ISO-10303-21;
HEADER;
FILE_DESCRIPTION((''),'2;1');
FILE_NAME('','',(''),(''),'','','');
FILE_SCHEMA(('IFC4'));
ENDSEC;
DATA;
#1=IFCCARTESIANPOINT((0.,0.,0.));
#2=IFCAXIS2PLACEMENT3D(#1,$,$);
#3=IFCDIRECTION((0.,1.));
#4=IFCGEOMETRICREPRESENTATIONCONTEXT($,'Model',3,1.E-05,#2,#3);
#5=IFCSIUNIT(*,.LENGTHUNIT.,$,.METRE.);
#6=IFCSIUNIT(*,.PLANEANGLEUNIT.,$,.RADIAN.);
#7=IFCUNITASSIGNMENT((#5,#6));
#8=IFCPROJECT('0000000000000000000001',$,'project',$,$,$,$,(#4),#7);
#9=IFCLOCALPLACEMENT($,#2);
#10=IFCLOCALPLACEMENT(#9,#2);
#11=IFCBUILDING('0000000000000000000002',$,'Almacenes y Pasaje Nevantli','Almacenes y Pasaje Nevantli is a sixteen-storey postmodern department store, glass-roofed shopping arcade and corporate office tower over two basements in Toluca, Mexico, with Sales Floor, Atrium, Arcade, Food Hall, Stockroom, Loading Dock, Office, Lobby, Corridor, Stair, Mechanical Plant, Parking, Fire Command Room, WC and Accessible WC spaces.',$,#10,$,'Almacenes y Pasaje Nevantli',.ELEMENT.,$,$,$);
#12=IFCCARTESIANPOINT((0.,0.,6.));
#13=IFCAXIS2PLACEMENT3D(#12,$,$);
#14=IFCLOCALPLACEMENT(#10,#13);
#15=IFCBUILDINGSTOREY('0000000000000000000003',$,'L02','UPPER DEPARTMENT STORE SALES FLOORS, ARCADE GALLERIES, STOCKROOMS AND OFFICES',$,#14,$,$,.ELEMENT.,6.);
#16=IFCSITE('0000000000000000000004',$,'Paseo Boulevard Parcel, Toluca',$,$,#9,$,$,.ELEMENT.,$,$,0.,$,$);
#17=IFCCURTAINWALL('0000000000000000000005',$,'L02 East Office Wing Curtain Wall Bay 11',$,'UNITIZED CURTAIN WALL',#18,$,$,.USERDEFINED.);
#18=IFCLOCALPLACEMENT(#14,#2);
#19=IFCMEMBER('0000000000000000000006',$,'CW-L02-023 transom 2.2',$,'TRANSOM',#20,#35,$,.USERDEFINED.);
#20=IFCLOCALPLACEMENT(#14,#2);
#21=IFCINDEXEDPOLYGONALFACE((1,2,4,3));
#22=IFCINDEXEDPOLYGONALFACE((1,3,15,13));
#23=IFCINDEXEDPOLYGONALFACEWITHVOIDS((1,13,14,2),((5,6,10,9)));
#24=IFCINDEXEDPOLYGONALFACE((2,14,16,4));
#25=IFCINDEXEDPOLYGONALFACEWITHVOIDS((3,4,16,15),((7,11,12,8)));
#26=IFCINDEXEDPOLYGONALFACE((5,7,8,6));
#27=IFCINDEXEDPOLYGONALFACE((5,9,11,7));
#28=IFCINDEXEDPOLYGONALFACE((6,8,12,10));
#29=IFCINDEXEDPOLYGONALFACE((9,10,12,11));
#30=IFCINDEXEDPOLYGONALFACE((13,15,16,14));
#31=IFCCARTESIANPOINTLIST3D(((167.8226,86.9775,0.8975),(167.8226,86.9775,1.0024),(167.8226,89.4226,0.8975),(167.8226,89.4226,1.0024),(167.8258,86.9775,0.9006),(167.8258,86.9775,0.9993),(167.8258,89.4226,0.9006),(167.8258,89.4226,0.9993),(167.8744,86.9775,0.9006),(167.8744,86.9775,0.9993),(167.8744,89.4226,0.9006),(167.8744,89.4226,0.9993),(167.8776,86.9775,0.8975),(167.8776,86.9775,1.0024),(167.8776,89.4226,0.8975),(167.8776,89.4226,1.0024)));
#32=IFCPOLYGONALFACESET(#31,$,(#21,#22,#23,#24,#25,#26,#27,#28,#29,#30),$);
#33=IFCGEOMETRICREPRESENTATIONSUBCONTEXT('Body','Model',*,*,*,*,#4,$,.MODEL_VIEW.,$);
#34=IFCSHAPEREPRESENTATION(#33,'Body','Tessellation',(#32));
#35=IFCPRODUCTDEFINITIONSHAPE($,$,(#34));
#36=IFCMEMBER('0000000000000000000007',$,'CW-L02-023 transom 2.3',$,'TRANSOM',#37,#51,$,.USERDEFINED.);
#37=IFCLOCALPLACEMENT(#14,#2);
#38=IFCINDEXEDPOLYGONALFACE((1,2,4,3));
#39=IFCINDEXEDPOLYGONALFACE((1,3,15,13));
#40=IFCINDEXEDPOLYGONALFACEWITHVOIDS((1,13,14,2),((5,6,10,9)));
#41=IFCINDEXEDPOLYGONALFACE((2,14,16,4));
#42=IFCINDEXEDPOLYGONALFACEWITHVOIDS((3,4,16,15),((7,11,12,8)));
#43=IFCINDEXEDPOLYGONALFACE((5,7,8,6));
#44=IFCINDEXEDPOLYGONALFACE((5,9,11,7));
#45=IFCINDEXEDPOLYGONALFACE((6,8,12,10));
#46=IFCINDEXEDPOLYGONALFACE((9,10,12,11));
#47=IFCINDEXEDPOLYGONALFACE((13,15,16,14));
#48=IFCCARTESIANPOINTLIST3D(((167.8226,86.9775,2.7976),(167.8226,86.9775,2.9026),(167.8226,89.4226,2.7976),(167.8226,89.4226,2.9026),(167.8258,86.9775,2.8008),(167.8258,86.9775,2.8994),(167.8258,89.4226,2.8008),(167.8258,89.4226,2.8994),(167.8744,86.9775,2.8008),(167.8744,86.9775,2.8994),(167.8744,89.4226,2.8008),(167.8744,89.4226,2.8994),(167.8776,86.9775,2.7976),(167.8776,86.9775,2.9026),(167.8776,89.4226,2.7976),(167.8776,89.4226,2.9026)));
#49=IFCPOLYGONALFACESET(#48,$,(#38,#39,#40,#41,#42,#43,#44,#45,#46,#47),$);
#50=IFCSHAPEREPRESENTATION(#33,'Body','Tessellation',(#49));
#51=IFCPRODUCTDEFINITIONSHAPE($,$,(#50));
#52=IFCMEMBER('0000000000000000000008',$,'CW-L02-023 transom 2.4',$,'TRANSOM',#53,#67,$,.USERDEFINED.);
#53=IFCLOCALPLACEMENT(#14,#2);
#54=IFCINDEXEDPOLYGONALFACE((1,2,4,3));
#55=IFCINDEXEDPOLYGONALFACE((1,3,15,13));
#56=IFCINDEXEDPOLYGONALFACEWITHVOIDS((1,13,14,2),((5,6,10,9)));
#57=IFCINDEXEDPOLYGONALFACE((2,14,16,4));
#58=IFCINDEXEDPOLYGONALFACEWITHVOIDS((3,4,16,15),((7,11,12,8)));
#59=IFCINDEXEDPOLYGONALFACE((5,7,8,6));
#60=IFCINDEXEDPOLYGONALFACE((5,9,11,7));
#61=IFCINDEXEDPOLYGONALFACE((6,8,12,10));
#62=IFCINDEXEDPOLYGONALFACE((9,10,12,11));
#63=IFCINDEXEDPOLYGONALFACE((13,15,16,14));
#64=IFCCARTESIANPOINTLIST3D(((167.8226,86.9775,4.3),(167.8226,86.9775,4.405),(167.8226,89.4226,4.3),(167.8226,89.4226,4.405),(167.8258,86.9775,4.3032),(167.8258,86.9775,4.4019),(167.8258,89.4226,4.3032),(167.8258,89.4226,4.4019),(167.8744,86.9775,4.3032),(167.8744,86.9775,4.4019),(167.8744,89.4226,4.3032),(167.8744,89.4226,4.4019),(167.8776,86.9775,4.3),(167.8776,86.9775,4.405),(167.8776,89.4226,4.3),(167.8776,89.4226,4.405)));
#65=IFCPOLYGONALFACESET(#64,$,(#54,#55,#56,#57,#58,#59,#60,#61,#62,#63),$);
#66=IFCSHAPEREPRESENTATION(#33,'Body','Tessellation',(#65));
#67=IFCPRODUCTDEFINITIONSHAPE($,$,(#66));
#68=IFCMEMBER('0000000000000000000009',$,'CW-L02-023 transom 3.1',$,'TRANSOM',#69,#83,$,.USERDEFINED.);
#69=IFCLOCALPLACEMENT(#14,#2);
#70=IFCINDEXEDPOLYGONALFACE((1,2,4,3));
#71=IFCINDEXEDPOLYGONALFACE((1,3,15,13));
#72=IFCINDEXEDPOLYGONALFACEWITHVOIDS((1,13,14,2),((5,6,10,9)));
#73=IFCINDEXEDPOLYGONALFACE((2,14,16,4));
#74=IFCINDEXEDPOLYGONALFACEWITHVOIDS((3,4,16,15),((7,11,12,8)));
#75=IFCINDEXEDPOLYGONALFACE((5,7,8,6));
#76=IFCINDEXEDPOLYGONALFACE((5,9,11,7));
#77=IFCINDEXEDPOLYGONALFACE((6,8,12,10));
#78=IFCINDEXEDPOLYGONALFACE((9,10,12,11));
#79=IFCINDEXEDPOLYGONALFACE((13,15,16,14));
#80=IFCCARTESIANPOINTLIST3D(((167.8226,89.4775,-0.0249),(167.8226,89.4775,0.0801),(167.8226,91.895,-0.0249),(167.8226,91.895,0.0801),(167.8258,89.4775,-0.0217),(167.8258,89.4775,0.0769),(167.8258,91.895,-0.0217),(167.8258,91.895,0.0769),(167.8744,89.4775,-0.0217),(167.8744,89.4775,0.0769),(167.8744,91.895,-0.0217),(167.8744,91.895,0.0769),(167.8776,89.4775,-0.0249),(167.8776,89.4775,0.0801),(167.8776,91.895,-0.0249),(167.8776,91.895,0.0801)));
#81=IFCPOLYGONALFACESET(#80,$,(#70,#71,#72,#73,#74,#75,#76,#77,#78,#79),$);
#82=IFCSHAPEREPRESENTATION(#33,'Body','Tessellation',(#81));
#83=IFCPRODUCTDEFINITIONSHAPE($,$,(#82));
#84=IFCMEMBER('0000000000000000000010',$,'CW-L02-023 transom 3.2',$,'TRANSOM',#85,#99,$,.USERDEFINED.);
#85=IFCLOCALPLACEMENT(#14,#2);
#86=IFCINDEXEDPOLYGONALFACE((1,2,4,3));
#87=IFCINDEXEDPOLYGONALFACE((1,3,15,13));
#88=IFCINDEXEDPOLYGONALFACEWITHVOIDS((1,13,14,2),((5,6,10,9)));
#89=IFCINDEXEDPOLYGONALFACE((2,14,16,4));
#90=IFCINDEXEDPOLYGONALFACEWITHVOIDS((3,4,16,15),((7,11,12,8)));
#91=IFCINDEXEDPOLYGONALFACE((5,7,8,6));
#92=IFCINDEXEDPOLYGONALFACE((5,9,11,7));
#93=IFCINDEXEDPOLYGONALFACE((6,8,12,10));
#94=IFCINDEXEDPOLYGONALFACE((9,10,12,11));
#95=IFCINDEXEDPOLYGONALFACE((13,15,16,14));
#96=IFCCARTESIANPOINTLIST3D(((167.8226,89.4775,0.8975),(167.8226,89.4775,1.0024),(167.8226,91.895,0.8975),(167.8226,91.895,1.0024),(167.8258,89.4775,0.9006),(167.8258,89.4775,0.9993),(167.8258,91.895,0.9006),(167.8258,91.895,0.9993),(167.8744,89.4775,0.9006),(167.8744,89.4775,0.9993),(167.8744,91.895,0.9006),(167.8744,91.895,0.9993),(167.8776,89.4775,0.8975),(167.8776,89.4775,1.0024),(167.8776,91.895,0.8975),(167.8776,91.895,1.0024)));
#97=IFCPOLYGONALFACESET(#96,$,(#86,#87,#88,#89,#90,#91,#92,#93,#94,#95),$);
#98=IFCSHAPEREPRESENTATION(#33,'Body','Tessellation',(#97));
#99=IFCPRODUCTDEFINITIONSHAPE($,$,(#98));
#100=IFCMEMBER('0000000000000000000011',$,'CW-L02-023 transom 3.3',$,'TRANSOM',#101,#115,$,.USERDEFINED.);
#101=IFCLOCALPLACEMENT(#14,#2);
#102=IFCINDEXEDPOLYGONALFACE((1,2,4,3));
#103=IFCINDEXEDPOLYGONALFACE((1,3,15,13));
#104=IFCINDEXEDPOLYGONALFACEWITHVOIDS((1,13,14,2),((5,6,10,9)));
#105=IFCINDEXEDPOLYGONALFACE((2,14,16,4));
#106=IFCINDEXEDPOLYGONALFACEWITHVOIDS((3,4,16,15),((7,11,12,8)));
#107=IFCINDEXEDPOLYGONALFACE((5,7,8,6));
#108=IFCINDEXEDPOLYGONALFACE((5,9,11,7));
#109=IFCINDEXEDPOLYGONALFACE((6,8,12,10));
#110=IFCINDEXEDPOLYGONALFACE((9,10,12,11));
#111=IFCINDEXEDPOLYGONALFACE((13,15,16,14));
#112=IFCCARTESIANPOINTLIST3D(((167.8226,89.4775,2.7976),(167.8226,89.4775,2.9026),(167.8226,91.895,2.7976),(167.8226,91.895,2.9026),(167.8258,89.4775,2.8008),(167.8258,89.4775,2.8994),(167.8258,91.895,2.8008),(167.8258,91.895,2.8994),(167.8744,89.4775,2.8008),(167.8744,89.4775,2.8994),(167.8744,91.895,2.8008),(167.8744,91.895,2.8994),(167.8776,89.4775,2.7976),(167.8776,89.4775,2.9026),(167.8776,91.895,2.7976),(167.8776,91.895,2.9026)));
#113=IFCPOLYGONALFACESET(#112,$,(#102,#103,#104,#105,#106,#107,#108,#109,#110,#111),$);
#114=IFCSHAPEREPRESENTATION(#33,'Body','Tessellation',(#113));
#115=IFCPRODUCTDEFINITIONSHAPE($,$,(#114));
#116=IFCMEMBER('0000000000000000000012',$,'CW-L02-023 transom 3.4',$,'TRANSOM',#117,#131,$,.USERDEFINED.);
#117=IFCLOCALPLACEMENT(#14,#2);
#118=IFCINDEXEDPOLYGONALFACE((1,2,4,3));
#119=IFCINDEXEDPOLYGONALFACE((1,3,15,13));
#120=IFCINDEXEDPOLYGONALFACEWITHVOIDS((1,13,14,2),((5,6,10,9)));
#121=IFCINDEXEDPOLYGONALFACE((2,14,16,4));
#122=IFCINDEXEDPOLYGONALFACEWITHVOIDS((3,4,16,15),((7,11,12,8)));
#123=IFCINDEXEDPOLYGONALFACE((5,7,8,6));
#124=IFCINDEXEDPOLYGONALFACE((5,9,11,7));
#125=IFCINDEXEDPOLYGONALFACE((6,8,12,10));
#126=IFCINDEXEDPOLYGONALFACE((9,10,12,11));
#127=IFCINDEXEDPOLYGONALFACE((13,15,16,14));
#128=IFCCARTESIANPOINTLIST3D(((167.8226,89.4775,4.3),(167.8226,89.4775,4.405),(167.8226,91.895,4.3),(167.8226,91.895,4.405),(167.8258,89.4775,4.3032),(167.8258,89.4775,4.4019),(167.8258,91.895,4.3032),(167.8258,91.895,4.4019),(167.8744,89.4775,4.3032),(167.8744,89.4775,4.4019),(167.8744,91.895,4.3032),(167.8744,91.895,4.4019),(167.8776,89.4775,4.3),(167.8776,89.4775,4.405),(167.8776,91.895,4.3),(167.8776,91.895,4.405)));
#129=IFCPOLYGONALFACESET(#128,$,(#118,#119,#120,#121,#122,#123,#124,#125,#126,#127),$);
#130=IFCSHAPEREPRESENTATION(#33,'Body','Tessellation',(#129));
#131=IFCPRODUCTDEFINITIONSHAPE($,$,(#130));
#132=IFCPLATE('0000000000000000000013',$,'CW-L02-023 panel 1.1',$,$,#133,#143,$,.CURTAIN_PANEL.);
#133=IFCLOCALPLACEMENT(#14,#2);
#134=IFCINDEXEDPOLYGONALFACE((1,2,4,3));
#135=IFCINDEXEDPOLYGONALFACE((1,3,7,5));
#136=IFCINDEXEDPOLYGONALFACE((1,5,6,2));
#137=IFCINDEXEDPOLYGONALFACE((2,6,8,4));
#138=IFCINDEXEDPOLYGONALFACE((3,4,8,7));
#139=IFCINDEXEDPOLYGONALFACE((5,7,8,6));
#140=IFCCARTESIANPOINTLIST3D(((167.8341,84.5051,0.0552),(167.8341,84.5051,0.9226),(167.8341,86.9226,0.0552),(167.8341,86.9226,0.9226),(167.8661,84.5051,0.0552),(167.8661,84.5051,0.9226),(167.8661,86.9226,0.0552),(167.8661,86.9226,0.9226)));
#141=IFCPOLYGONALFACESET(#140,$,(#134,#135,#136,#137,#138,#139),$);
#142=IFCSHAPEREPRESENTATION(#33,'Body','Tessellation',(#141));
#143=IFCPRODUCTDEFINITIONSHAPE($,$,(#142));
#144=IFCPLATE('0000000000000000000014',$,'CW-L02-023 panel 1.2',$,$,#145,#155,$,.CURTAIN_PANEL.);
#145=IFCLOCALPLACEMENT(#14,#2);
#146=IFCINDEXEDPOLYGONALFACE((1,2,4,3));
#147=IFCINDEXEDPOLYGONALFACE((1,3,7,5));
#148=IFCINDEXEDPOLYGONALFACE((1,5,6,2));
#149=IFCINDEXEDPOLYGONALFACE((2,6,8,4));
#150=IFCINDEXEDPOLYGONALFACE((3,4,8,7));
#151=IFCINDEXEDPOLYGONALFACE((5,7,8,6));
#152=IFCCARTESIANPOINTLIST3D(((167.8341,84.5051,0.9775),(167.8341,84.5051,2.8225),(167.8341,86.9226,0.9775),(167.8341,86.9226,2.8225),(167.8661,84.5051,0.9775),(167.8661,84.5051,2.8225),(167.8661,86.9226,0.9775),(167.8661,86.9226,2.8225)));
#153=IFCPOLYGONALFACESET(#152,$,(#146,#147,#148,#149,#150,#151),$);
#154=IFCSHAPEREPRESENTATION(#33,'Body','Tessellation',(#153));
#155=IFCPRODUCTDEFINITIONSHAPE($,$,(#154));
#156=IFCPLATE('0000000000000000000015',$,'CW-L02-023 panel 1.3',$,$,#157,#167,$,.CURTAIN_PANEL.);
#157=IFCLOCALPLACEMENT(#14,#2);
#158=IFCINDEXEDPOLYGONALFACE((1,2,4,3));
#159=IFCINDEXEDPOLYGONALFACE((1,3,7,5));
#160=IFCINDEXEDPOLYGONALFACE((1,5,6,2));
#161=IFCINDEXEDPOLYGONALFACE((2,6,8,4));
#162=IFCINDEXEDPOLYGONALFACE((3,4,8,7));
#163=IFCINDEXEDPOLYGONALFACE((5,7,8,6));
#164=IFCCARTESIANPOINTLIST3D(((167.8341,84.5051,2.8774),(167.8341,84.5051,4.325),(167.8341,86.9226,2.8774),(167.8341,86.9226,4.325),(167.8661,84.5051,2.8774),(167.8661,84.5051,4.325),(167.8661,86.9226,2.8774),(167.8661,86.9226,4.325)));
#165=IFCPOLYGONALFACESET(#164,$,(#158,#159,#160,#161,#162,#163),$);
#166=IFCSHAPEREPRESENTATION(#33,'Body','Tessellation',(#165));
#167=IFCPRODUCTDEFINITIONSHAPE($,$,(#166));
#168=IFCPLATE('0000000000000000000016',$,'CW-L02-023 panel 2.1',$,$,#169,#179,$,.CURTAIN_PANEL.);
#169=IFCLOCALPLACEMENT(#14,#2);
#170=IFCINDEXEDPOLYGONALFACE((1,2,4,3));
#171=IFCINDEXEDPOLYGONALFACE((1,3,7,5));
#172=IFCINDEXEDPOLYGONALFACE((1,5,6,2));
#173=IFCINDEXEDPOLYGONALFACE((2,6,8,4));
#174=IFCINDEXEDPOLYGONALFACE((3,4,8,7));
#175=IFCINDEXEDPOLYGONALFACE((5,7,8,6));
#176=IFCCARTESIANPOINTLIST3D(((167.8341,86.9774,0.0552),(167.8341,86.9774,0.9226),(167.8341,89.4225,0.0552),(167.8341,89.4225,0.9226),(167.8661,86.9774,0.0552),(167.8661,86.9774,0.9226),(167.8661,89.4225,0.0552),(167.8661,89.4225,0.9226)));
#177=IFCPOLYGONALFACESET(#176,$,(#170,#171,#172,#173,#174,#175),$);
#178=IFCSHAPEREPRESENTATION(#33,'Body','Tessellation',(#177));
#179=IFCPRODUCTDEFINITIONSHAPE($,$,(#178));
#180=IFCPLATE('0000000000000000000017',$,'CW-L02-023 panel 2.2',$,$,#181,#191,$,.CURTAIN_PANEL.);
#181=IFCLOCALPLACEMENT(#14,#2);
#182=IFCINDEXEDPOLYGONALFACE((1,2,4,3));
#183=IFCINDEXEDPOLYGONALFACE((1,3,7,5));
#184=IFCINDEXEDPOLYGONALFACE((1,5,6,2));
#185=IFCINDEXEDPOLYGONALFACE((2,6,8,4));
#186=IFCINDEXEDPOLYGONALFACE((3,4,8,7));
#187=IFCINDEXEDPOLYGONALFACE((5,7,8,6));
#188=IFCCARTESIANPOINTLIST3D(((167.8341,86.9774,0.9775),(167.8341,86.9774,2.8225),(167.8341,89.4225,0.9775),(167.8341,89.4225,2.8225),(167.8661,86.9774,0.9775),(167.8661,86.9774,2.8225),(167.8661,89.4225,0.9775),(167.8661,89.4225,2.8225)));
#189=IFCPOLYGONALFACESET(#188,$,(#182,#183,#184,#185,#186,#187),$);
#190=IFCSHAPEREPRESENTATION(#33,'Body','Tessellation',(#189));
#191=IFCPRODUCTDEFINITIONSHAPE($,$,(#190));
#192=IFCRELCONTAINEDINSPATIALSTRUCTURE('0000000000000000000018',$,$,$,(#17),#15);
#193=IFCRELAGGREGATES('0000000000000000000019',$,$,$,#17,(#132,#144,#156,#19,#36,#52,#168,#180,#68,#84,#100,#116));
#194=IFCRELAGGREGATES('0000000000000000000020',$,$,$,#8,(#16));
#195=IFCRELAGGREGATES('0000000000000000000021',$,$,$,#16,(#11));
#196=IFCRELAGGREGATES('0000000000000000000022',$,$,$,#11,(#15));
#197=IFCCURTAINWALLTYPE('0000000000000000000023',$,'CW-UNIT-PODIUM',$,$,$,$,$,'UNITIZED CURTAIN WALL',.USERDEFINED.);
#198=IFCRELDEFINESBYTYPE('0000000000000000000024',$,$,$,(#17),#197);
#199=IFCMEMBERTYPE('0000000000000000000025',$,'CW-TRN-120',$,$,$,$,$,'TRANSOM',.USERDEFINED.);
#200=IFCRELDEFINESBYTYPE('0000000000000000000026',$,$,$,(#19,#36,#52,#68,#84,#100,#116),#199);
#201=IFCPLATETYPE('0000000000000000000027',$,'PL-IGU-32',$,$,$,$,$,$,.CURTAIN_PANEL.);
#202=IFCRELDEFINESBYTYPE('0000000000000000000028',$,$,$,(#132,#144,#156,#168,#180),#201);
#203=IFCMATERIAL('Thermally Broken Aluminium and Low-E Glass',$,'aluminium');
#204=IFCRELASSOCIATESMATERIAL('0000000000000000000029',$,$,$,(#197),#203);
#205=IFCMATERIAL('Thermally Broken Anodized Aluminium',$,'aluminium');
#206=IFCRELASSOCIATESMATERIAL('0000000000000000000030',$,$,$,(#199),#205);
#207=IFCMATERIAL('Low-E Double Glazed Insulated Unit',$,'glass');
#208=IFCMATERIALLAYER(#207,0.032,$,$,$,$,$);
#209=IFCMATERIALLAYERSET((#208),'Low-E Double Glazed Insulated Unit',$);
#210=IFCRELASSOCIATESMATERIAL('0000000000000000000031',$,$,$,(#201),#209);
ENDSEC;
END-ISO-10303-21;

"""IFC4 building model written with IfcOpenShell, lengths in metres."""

from ifc_helpers import new_model, si_unit, direction, frame, origin, origin_2d, place, context, subcontext, project, spatial, rectangle, hollow_rectangle, extrude, material, layer, layer_set, material_profile, profile_set, type_object, element, aggregate, save


model = new_model("IFC4")

# Units and contexts
model_context = context("Model", 3, precision=1e-05, world=origin(), true_north=direction((0.0, 1.0)))
body_context = subcontext(model_context, "Body", "Model", "MODEL_VIEW")
ifc_project = project(units=[si_unit("LENGTHUNIT", "METRE"), si_unit("PLANEANGLEUNIT", "RADIAN")], contexts=[model_context])

# Site, building, storey
site_placement = place(None, origin())
site = spatial("IfcSite", under=ifc_project, at=site_placement, Name="Paseo Boulevard Parcel, Toluca", CompositionType="ELEMENT", RefElevation=0.0)
building_placement = place(site_placement, origin())
building = spatial("IfcBuilding", under=site, at=building_placement, Name="Almacenes y Pasaje Nevantli", Description="Almacenes y Pasaje Nevantli is a sixteen-storey postmodern department store, glass-roofed shopping arcade and corporate office tower over two basements in Toluca, Mexico, with Sales Floor, Atrium, Arcade, Food Hall, Stockroom, Loading Dock, Office, Lobby, Corridor, Stair, Mechanical Plant, Parking, Fire Command Room, WC and Accessible WC spaces.", LongName="Almacenes y Pasaje Nevantli", CompositionType="ELEMENT")
storey_placement = place(building_placement, frame((0.0, 0.0, 6.0)))
storey = spatial("IfcBuildingStorey", under=building, at=storey_placement, Name="L02", Description="UPPER DEPARTMENT STORE SALES FLOORS, ARCADE GALLERIES, STOCKROOMS AND OFFICES", CompositionType="ELEMENT", Elevation=6.0)

# Curtain wall, members, plates
ifc_material_1 = material(Name="Thermally Broken Aluminium and Low-E Glass", Category="aluminium")
curtain_wall_type = type_object("IfcCurtainWallType", Name="CW-UNIT-PODIUM", ElementType="UNITIZED CURTAIN WALL", PredefinedType="USERDEFINED", material=ifc_material_1)
curtain_wall_placement = place(storey_placement, origin())
curtain_wall = element("IfcCurtainWall", 1, at=curtain_wall_placement, inside=storey, type_object=curtain_wall_type, Name="L02 East Office Wing Curtain Wall Bay 11", ObjectType="UNITIZED CURTAIN WALL", PredefinedType="USERDEFINED")
ifc_material_2 = material(Name="Thermally Broken Anodized Aluminium", Category="aluminium")
ifc_material_profile_1 = material_profile(ifc_material_2, hollow_rectangle(XDim=0.0549, YDim=0.105, WallThickness=0.0032, at=origin_2d()), Name="ALU-TRN-55x105")
ifc_profile_set_1 = profile_set([ifc_material_profile_1], Name="Thermally Broken Anodized Aluminium")
member_type_1 = type_object("IfcMemberType", Name="CW-TRN-120", ElementType="TRANSOM", PredefinedType="USERDEFINED", material=ifc_profile_set_1)
member_1_placement = place(storey_placement, frame((167.8501, 86.9775, 0.95), z_axis=(0.0, 1.0, 0.0), x_axis=(-1.0, 0.0, 0.0)))
member_1 = element("IfcMember", 2, at=member_1_placement, type_object=member_type_1, Name="CW-L02-023 transom 2.2", ObjectType="TRANSOM", PredefinedType="USERDEFINED", context=body_context, shape_type="SweptSolid", body=[
    extrude(hollow_rectangle(XDim=0.0549, YDim=0.105, WallThickness=0.0032, at=origin_2d()), origin(), (0.0, 0.0, 1.0), 2.4451),
])
member_2_placement = place(storey_placement, frame((167.8501, 86.9775, 2.8501), z_axis=(0.0, 1.0, 0.0), x_axis=(-1.0, 0.0, 0.0)))
member_2 = element("IfcMember", 3, at=member_2_placement, type_object=member_type_1, Name="CW-L02-023 transom 2.3", ObjectType="TRANSOM", PredefinedType="USERDEFINED", context=body_context, shape_type="SweptSolid", body=[
    extrude(hollow_rectangle(XDim=0.0549, YDim=0.105, WallThickness=0.0032, at=origin_2d()), origin(), (0.0, 0.0, 1.0), 2.4451),
])
member_3_placement = place(storey_placement, frame((167.8501, 86.9775, 4.3525), z_axis=(0.0, 1.0, 0.0), x_axis=(-1.0, 0.0, 0.0)))
member_3 = element("IfcMember", 4, at=member_3_placement, type_object=member_type_1, Name="CW-L02-023 transom 2.4", ObjectType="TRANSOM", PredefinedType="USERDEFINED", context=body_context, shape_type="SweptSolid", body=[
    extrude(hollow_rectangle(XDim=0.0549, YDim=0.105, WallThickness=0.0032, at=origin_2d()), origin(), (0.0, 0.0, 1.0), 2.4451),
])
member_4_placement = place(storey_placement, frame((167.8501, 89.4775, 0.0276), z_axis=(0.0, 1.0, 0.0), x_axis=(-1.0, 0.0, 0.0)))
member_4 = element("IfcMember", 5, at=member_4_placement, type_object=member_type_1, Name="CW-L02-023 transom 3.1", ObjectType="TRANSOM", PredefinedType="USERDEFINED", context=body_context, shape_type="SweptSolid", body=[
    extrude(hollow_rectangle(XDim=0.0549, YDim=0.105, WallThickness=0.0032, at=origin_2d()), origin(), (0.0, 0.0, 1.0), 2.4175),
])
member_5_placement = place(storey_placement, frame((167.8501, 89.4775, 0.95), z_axis=(0.0, 1.0, 0.0), x_axis=(-1.0, 0.0, 0.0)))
member_5 = element("IfcMember", 6, at=member_5_placement, type_object=member_type_1, Name="CW-L02-023 transom 3.2", ObjectType="TRANSOM", PredefinedType="USERDEFINED", context=body_context, shape_type="SweptSolid", body=[
    extrude(hollow_rectangle(XDim=0.0549, YDim=0.105, WallThickness=0.0032, at=origin_2d()), origin(), (0.0, 0.0, 1.0), 2.4175),
])
member_6_placement = place(storey_placement, frame((167.8501, 89.4775, 2.8501), z_axis=(0.0, 1.0, 0.0), x_axis=(-1.0, 0.0, 0.0)))
member_6 = element("IfcMember", 7, at=member_6_placement, type_object=member_type_1, Name="CW-L02-023 transom 3.3", ObjectType="TRANSOM", PredefinedType="USERDEFINED", context=body_context, shape_type="SweptSolid", body=[
    extrude(hollow_rectangle(XDim=0.0549, YDim=0.105, WallThickness=0.0032, at=origin_2d()), origin(), (0.0, 0.0, 1.0), 2.4175),
])
member_7_placement = place(storey_placement, frame((167.8501, 89.4775, 4.3525), z_axis=(0.0, 1.0, 0.0), x_axis=(-1.0, 0.0, 0.0)))
member_7 = element("IfcMember", 8, at=member_7_placement, type_object=member_type_1, Name="CW-L02-023 transom 3.4", ObjectType="TRANSOM", PredefinedType="USERDEFINED", context=body_context, shape_type="SweptSolid", body=[
    extrude(hollow_rectangle(XDim=0.0549, YDim=0.105, WallThickness=0.0032, at=origin_2d()), origin(), (0.0, 0.0, 1.0), 2.4175),
])
ifc_material_3 = material(Name="Low-E Double Glazed Insulated Unit", Category="glass")
ifc_layer = layer(ifc_material_3, 0.032)
ifc_layer_set = layer_set([ifc_layer], Name="Low-E Double Glazed Insulated Unit")
plate_type = type_object("IfcPlateType", Name="PL-IGU-32", PredefinedType="CURTAIN_PANEL", material=ifc_layer_set)
plate_1_placement = place(storey_placement, frame((167.8501, 85.7139, 0.0552), z_axis=(0.0, 0.0, 1.0), x_axis=(0.0, 1.0, 0.0)))
plate_1 = element("IfcPlate", 9, at=plate_1_placement, type_object=plate_type, Name="CW-L02-023 panel 1.1", PredefinedType="CURTAIN_PANEL", context=body_context, shape_type="SweptSolid", body=[
    extrude(rectangle(XDim=2.4175, YDim=0.032, at=origin_2d()), origin(), (0.0, 0.0, 1.0), 0.8674),
])
plate_2_placement = place(storey_placement, frame((167.8501, 85.7139, 0.9775), z_axis=(0.0, 0.0, 1.0), x_axis=(0.0, 1.0, 0.0)))
plate_2 = element("IfcPlate", 10, at=plate_2_placement, type_object=plate_type, Name="CW-L02-023 panel 1.2", PredefinedType="CURTAIN_PANEL", context=body_context, shape_type="SweptSolid", body=[
    extrude(rectangle(XDim=2.4175, YDim=0.032, at=origin_2d()), origin(), (0.0, 0.0, 1.0), 1.845),
])
plate_3_placement = place(storey_placement, frame((167.8501, 85.7139, 2.8774), z_axis=(0.0, 0.0, 1.0), x_axis=(0.0, 1.0, 0.0)))
plate_3 = element("IfcPlate", 11, at=plate_3_placement, type_object=plate_type, Name="CW-L02-023 panel 1.3", PredefinedType="CURTAIN_PANEL", context=body_context, shape_type="SweptSolid", body=[
    extrude(rectangle(XDim=2.4175, YDim=0.032, at=origin_2d()), origin(), (0.0, 0.0, 1.0), 1.4475),
])
plate_4_placement = place(storey_placement, frame((167.8501, 88.2, 0.0552), z_axis=(0.0, 0.0, 1.0), x_axis=(0.0, 1.0, 0.0)))
plate_4 = element("IfcPlate", 12, at=plate_4_placement, type_object=plate_type, Name="CW-L02-023 panel 2.1", PredefinedType="CURTAIN_PANEL", context=body_context, shape_type="SweptSolid", body=[
    extrude(rectangle(XDim=2.4451, YDim=0.032, at=origin_2d()), origin(), (0.0, 0.0, 1.0), 0.8674),
])
plate_5_placement = place(storey_placement, frame((167.8501, 88.2, 0.9775), z_axis=(0.0, 0.0, 1.0), x_axis=(0.0, 1.0, 0.0)))
plate_5 = element("IfcPlate", 13, at=plate_5_placement, type_object=plate_type, Name="CW-L02-023 panel 2.2", PredefinedType="CURTAIN_PANEL", context=body_context, shape_type="SweptSolid", body=[
    extrude(rectangle(XDim=2.4451, YDim=0.032, at=origin_2d()), origin(), (0.0, 0.0, 1.0), 1.845),
])
aggregate(curtain_wall, [plate_1, plate_2, plate_3, member_1, member_2, member_3, plate_4, plate_5, member_4, member_5, member_6, member_7])

save(model, "model.ifc")
